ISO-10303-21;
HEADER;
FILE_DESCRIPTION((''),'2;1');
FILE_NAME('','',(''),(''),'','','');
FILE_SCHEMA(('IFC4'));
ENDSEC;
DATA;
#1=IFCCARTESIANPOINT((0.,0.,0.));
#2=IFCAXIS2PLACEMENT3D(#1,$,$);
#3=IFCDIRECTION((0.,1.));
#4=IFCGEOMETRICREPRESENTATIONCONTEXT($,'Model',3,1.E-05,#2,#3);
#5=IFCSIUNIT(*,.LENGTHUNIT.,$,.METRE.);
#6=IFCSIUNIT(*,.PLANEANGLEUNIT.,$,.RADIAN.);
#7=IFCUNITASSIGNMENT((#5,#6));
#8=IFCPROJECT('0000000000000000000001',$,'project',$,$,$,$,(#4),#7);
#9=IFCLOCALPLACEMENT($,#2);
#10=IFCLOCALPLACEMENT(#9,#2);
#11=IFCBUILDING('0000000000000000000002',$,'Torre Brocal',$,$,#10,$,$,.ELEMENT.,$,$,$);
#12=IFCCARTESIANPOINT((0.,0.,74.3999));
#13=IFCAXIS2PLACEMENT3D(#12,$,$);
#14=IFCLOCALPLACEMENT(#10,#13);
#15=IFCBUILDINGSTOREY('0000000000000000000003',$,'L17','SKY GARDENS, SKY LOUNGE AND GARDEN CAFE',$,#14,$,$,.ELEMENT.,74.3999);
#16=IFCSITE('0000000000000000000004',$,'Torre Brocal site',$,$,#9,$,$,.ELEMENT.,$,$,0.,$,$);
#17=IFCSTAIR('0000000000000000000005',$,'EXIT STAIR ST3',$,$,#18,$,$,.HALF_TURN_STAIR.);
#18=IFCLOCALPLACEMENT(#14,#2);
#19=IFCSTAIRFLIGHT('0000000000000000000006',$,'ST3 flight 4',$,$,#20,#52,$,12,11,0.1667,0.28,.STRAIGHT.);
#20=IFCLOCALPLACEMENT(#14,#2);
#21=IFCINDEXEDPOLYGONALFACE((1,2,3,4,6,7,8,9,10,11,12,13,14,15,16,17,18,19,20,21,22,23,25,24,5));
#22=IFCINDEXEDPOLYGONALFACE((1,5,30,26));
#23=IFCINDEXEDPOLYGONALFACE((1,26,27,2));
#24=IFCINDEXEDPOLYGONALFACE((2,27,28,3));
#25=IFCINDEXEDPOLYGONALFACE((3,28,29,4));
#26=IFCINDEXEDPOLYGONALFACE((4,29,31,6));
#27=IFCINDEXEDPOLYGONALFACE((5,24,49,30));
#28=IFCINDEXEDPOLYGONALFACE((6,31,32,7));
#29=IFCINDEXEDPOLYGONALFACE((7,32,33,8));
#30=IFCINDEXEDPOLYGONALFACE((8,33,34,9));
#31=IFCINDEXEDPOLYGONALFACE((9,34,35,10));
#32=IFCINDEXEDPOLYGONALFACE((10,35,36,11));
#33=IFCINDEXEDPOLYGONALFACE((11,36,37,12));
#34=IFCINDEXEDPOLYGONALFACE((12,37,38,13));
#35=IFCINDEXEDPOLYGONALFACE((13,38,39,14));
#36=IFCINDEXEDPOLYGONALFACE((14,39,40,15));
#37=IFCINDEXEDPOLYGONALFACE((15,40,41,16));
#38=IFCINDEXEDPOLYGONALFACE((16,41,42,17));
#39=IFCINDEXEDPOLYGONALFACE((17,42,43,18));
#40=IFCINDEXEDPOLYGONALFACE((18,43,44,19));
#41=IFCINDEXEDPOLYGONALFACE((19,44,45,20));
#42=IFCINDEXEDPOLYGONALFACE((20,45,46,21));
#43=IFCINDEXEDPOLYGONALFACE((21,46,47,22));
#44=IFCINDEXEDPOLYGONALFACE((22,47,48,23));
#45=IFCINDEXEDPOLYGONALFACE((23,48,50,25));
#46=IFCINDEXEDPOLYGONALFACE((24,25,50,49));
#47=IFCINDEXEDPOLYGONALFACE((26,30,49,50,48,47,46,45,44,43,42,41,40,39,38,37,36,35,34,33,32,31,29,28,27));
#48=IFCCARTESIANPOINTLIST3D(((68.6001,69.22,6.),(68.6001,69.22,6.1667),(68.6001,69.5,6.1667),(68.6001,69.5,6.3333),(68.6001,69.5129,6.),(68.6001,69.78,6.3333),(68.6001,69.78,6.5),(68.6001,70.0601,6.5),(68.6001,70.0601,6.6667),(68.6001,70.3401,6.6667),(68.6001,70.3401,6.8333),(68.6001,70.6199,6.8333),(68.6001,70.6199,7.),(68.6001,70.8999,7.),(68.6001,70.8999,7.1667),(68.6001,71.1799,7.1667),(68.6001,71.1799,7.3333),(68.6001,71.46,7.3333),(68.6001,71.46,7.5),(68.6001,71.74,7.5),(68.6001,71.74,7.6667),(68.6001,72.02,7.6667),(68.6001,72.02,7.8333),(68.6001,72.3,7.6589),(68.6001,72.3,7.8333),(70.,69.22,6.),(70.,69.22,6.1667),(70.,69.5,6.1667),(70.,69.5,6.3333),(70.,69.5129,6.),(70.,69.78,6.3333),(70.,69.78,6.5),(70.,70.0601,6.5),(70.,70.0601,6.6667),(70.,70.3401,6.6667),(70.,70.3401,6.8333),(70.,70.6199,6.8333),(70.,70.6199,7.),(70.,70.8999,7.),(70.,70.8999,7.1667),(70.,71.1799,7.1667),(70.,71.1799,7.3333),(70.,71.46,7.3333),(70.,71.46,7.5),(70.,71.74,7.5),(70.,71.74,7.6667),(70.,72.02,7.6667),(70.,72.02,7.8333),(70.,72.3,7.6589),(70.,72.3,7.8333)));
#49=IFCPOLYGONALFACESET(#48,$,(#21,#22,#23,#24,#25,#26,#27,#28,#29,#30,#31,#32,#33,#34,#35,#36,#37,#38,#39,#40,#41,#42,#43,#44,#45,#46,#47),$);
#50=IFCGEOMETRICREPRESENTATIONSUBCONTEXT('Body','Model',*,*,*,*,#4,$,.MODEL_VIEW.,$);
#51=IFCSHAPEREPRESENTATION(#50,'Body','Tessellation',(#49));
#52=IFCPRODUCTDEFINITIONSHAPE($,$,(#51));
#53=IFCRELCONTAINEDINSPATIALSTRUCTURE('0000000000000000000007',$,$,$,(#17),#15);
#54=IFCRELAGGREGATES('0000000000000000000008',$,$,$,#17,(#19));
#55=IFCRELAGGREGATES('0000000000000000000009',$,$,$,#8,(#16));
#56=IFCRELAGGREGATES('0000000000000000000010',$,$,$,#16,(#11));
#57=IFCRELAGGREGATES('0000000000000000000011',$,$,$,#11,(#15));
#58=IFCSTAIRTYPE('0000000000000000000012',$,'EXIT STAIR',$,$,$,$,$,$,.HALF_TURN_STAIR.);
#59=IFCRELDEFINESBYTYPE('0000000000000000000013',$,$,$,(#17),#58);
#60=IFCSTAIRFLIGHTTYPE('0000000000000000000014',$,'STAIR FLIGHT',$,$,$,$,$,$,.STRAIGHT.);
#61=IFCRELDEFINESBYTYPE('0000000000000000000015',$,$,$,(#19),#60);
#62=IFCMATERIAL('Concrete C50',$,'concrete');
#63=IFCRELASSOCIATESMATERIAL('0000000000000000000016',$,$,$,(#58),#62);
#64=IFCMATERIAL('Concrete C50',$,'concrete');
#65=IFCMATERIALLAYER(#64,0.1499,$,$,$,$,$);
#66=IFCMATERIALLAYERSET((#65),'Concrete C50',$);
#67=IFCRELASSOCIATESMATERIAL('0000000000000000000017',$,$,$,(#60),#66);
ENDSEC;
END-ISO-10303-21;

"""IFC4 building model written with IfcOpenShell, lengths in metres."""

from ifc_helpers import new_model, si_unit, direction, frame, origin, place, context, subcontext, project, spatial, polyline, outline, extrude, material, layer, layer_set, type_object, element, aggregate, save


model = new_model("IFC4")

# Units and contexts
model_context = context("Model", 3, precision=1e-05, world=origin(), true_north=direction((0.0, 1.0)))
body_context = subcontext(model_context, "Body", "Model", "MODEL_VIEW")
ifc_project = project(units=[si_unit("LENGTHUNIT", "METRE"), si_unit("PLANEANGLEUNIT", "RADIAN")], contexts=[model_context])

# Site, building, storey
site_placement = place(None, origin())
site = spatial("IfcSite", under=ifc_project, at=site_placement, Name="Torre Brocal site", CompositionType="ELEMENT", RefElevation=0.0)
building_placement = place(site_placement, origin())
building = spatial("IfcBuilding", under=site, at=building_placement, Name="Torre Brocal", CompositionType="ELEMENT")
storey_placement = place(building_placement, frame((0.0, 0.0, 74.3999)))
storey = spatial("IfcBuildingStorey", under=building, at=storey_placement, Name="L17", Description="SKY GARDENS, SKY LOUNGE AND GARDEN CAFE", CompositionType="ELEMENT", Elevation=74.3999)

# Stair, stair flight
ifc_material_1 = material(Name="Concrete C50", Category="concrete")
stair_type = type_object("IfcStairType", Name="EXIT STAIR", PredefinedType="HALF_TURN_STAIR", material=ifc_material_1)
stair_placement = place(storey_placement, origin())
stair = element("IfcStair", 1, at=stair_placement, inside=storey, type_object=stair_type, Name="EXIT STAIR ST3", PredefinedType="HALF_TURN_STAIR")
ifc_material_2 = material(Name="Concrete C50", Category="concrete")
ifc_layer_1 = layer(ifc_material_2, 0.1499)
ifc_layer_set_1 = layer_set([ifc_layer_1], Name="Concrete C50")
stair_flight_type = type_object("IfcStairFlightType", Name="STAIR FLIGHT", PredefinedType="STRAIGHT", material=ifc_layer_set_1)
stair_flight_1_placement = place(storey_placement, frame((69.3, 69.22, 6.0), z_axis=(0.0, 0.0, 1.0), x_axis=(0.0, 1.0, 0.0)))
stair_flight_1 = element("IfcStairFlight", 2, at=stair_flight_1_placement, type_object=stair_flight_type, Name="ST3 flight 4", NumberOfRisers=12, NumberOfTreads=11, PredefinedType="STRAIGHT", RiserHeight=0.1667, TreadLength=0.28, context=body_context, shape_type="SweptSolid", body=[
    extrude(outline(polyline([(0.0, 0.0), (0.0, 0.1667), (0.28, 0.1667), (0.28, 0.3333), (0.5601, 0.3333), (0.5601, 0.5), (0.8401, 0.5), (0.8401, 0.6667), (1.1201, 0.6667), (1.1201, 0.8333), (1.3999, 0.8333), (1.3999, 1.0), (1.6799, 1.0), (1.6799, 1.1667), (1.96, 1.1667), (1.96, 1.3333), (2.24, 1.3333), (2.24, 1.5), (2.52, 1.5), (2.52, 1.6667), (2.8, 1.6667), (2.8, 1.8333), (3.0801, 1.8333), (3.0801, 2.0), (3.0801, 1.6589), (0.293, 0.0), (0.0, 0.0)])), frame((0.0, 0.7, 0.0), z_axis=(0.0, -1.0, 0.0), x_axis=(1.0, 0.0, 0.0)), (0.0, 0.0, 1.0), 1.3999),
])
aggregate(stair, [stair_flight_1])

save(model, "model.ifc")
